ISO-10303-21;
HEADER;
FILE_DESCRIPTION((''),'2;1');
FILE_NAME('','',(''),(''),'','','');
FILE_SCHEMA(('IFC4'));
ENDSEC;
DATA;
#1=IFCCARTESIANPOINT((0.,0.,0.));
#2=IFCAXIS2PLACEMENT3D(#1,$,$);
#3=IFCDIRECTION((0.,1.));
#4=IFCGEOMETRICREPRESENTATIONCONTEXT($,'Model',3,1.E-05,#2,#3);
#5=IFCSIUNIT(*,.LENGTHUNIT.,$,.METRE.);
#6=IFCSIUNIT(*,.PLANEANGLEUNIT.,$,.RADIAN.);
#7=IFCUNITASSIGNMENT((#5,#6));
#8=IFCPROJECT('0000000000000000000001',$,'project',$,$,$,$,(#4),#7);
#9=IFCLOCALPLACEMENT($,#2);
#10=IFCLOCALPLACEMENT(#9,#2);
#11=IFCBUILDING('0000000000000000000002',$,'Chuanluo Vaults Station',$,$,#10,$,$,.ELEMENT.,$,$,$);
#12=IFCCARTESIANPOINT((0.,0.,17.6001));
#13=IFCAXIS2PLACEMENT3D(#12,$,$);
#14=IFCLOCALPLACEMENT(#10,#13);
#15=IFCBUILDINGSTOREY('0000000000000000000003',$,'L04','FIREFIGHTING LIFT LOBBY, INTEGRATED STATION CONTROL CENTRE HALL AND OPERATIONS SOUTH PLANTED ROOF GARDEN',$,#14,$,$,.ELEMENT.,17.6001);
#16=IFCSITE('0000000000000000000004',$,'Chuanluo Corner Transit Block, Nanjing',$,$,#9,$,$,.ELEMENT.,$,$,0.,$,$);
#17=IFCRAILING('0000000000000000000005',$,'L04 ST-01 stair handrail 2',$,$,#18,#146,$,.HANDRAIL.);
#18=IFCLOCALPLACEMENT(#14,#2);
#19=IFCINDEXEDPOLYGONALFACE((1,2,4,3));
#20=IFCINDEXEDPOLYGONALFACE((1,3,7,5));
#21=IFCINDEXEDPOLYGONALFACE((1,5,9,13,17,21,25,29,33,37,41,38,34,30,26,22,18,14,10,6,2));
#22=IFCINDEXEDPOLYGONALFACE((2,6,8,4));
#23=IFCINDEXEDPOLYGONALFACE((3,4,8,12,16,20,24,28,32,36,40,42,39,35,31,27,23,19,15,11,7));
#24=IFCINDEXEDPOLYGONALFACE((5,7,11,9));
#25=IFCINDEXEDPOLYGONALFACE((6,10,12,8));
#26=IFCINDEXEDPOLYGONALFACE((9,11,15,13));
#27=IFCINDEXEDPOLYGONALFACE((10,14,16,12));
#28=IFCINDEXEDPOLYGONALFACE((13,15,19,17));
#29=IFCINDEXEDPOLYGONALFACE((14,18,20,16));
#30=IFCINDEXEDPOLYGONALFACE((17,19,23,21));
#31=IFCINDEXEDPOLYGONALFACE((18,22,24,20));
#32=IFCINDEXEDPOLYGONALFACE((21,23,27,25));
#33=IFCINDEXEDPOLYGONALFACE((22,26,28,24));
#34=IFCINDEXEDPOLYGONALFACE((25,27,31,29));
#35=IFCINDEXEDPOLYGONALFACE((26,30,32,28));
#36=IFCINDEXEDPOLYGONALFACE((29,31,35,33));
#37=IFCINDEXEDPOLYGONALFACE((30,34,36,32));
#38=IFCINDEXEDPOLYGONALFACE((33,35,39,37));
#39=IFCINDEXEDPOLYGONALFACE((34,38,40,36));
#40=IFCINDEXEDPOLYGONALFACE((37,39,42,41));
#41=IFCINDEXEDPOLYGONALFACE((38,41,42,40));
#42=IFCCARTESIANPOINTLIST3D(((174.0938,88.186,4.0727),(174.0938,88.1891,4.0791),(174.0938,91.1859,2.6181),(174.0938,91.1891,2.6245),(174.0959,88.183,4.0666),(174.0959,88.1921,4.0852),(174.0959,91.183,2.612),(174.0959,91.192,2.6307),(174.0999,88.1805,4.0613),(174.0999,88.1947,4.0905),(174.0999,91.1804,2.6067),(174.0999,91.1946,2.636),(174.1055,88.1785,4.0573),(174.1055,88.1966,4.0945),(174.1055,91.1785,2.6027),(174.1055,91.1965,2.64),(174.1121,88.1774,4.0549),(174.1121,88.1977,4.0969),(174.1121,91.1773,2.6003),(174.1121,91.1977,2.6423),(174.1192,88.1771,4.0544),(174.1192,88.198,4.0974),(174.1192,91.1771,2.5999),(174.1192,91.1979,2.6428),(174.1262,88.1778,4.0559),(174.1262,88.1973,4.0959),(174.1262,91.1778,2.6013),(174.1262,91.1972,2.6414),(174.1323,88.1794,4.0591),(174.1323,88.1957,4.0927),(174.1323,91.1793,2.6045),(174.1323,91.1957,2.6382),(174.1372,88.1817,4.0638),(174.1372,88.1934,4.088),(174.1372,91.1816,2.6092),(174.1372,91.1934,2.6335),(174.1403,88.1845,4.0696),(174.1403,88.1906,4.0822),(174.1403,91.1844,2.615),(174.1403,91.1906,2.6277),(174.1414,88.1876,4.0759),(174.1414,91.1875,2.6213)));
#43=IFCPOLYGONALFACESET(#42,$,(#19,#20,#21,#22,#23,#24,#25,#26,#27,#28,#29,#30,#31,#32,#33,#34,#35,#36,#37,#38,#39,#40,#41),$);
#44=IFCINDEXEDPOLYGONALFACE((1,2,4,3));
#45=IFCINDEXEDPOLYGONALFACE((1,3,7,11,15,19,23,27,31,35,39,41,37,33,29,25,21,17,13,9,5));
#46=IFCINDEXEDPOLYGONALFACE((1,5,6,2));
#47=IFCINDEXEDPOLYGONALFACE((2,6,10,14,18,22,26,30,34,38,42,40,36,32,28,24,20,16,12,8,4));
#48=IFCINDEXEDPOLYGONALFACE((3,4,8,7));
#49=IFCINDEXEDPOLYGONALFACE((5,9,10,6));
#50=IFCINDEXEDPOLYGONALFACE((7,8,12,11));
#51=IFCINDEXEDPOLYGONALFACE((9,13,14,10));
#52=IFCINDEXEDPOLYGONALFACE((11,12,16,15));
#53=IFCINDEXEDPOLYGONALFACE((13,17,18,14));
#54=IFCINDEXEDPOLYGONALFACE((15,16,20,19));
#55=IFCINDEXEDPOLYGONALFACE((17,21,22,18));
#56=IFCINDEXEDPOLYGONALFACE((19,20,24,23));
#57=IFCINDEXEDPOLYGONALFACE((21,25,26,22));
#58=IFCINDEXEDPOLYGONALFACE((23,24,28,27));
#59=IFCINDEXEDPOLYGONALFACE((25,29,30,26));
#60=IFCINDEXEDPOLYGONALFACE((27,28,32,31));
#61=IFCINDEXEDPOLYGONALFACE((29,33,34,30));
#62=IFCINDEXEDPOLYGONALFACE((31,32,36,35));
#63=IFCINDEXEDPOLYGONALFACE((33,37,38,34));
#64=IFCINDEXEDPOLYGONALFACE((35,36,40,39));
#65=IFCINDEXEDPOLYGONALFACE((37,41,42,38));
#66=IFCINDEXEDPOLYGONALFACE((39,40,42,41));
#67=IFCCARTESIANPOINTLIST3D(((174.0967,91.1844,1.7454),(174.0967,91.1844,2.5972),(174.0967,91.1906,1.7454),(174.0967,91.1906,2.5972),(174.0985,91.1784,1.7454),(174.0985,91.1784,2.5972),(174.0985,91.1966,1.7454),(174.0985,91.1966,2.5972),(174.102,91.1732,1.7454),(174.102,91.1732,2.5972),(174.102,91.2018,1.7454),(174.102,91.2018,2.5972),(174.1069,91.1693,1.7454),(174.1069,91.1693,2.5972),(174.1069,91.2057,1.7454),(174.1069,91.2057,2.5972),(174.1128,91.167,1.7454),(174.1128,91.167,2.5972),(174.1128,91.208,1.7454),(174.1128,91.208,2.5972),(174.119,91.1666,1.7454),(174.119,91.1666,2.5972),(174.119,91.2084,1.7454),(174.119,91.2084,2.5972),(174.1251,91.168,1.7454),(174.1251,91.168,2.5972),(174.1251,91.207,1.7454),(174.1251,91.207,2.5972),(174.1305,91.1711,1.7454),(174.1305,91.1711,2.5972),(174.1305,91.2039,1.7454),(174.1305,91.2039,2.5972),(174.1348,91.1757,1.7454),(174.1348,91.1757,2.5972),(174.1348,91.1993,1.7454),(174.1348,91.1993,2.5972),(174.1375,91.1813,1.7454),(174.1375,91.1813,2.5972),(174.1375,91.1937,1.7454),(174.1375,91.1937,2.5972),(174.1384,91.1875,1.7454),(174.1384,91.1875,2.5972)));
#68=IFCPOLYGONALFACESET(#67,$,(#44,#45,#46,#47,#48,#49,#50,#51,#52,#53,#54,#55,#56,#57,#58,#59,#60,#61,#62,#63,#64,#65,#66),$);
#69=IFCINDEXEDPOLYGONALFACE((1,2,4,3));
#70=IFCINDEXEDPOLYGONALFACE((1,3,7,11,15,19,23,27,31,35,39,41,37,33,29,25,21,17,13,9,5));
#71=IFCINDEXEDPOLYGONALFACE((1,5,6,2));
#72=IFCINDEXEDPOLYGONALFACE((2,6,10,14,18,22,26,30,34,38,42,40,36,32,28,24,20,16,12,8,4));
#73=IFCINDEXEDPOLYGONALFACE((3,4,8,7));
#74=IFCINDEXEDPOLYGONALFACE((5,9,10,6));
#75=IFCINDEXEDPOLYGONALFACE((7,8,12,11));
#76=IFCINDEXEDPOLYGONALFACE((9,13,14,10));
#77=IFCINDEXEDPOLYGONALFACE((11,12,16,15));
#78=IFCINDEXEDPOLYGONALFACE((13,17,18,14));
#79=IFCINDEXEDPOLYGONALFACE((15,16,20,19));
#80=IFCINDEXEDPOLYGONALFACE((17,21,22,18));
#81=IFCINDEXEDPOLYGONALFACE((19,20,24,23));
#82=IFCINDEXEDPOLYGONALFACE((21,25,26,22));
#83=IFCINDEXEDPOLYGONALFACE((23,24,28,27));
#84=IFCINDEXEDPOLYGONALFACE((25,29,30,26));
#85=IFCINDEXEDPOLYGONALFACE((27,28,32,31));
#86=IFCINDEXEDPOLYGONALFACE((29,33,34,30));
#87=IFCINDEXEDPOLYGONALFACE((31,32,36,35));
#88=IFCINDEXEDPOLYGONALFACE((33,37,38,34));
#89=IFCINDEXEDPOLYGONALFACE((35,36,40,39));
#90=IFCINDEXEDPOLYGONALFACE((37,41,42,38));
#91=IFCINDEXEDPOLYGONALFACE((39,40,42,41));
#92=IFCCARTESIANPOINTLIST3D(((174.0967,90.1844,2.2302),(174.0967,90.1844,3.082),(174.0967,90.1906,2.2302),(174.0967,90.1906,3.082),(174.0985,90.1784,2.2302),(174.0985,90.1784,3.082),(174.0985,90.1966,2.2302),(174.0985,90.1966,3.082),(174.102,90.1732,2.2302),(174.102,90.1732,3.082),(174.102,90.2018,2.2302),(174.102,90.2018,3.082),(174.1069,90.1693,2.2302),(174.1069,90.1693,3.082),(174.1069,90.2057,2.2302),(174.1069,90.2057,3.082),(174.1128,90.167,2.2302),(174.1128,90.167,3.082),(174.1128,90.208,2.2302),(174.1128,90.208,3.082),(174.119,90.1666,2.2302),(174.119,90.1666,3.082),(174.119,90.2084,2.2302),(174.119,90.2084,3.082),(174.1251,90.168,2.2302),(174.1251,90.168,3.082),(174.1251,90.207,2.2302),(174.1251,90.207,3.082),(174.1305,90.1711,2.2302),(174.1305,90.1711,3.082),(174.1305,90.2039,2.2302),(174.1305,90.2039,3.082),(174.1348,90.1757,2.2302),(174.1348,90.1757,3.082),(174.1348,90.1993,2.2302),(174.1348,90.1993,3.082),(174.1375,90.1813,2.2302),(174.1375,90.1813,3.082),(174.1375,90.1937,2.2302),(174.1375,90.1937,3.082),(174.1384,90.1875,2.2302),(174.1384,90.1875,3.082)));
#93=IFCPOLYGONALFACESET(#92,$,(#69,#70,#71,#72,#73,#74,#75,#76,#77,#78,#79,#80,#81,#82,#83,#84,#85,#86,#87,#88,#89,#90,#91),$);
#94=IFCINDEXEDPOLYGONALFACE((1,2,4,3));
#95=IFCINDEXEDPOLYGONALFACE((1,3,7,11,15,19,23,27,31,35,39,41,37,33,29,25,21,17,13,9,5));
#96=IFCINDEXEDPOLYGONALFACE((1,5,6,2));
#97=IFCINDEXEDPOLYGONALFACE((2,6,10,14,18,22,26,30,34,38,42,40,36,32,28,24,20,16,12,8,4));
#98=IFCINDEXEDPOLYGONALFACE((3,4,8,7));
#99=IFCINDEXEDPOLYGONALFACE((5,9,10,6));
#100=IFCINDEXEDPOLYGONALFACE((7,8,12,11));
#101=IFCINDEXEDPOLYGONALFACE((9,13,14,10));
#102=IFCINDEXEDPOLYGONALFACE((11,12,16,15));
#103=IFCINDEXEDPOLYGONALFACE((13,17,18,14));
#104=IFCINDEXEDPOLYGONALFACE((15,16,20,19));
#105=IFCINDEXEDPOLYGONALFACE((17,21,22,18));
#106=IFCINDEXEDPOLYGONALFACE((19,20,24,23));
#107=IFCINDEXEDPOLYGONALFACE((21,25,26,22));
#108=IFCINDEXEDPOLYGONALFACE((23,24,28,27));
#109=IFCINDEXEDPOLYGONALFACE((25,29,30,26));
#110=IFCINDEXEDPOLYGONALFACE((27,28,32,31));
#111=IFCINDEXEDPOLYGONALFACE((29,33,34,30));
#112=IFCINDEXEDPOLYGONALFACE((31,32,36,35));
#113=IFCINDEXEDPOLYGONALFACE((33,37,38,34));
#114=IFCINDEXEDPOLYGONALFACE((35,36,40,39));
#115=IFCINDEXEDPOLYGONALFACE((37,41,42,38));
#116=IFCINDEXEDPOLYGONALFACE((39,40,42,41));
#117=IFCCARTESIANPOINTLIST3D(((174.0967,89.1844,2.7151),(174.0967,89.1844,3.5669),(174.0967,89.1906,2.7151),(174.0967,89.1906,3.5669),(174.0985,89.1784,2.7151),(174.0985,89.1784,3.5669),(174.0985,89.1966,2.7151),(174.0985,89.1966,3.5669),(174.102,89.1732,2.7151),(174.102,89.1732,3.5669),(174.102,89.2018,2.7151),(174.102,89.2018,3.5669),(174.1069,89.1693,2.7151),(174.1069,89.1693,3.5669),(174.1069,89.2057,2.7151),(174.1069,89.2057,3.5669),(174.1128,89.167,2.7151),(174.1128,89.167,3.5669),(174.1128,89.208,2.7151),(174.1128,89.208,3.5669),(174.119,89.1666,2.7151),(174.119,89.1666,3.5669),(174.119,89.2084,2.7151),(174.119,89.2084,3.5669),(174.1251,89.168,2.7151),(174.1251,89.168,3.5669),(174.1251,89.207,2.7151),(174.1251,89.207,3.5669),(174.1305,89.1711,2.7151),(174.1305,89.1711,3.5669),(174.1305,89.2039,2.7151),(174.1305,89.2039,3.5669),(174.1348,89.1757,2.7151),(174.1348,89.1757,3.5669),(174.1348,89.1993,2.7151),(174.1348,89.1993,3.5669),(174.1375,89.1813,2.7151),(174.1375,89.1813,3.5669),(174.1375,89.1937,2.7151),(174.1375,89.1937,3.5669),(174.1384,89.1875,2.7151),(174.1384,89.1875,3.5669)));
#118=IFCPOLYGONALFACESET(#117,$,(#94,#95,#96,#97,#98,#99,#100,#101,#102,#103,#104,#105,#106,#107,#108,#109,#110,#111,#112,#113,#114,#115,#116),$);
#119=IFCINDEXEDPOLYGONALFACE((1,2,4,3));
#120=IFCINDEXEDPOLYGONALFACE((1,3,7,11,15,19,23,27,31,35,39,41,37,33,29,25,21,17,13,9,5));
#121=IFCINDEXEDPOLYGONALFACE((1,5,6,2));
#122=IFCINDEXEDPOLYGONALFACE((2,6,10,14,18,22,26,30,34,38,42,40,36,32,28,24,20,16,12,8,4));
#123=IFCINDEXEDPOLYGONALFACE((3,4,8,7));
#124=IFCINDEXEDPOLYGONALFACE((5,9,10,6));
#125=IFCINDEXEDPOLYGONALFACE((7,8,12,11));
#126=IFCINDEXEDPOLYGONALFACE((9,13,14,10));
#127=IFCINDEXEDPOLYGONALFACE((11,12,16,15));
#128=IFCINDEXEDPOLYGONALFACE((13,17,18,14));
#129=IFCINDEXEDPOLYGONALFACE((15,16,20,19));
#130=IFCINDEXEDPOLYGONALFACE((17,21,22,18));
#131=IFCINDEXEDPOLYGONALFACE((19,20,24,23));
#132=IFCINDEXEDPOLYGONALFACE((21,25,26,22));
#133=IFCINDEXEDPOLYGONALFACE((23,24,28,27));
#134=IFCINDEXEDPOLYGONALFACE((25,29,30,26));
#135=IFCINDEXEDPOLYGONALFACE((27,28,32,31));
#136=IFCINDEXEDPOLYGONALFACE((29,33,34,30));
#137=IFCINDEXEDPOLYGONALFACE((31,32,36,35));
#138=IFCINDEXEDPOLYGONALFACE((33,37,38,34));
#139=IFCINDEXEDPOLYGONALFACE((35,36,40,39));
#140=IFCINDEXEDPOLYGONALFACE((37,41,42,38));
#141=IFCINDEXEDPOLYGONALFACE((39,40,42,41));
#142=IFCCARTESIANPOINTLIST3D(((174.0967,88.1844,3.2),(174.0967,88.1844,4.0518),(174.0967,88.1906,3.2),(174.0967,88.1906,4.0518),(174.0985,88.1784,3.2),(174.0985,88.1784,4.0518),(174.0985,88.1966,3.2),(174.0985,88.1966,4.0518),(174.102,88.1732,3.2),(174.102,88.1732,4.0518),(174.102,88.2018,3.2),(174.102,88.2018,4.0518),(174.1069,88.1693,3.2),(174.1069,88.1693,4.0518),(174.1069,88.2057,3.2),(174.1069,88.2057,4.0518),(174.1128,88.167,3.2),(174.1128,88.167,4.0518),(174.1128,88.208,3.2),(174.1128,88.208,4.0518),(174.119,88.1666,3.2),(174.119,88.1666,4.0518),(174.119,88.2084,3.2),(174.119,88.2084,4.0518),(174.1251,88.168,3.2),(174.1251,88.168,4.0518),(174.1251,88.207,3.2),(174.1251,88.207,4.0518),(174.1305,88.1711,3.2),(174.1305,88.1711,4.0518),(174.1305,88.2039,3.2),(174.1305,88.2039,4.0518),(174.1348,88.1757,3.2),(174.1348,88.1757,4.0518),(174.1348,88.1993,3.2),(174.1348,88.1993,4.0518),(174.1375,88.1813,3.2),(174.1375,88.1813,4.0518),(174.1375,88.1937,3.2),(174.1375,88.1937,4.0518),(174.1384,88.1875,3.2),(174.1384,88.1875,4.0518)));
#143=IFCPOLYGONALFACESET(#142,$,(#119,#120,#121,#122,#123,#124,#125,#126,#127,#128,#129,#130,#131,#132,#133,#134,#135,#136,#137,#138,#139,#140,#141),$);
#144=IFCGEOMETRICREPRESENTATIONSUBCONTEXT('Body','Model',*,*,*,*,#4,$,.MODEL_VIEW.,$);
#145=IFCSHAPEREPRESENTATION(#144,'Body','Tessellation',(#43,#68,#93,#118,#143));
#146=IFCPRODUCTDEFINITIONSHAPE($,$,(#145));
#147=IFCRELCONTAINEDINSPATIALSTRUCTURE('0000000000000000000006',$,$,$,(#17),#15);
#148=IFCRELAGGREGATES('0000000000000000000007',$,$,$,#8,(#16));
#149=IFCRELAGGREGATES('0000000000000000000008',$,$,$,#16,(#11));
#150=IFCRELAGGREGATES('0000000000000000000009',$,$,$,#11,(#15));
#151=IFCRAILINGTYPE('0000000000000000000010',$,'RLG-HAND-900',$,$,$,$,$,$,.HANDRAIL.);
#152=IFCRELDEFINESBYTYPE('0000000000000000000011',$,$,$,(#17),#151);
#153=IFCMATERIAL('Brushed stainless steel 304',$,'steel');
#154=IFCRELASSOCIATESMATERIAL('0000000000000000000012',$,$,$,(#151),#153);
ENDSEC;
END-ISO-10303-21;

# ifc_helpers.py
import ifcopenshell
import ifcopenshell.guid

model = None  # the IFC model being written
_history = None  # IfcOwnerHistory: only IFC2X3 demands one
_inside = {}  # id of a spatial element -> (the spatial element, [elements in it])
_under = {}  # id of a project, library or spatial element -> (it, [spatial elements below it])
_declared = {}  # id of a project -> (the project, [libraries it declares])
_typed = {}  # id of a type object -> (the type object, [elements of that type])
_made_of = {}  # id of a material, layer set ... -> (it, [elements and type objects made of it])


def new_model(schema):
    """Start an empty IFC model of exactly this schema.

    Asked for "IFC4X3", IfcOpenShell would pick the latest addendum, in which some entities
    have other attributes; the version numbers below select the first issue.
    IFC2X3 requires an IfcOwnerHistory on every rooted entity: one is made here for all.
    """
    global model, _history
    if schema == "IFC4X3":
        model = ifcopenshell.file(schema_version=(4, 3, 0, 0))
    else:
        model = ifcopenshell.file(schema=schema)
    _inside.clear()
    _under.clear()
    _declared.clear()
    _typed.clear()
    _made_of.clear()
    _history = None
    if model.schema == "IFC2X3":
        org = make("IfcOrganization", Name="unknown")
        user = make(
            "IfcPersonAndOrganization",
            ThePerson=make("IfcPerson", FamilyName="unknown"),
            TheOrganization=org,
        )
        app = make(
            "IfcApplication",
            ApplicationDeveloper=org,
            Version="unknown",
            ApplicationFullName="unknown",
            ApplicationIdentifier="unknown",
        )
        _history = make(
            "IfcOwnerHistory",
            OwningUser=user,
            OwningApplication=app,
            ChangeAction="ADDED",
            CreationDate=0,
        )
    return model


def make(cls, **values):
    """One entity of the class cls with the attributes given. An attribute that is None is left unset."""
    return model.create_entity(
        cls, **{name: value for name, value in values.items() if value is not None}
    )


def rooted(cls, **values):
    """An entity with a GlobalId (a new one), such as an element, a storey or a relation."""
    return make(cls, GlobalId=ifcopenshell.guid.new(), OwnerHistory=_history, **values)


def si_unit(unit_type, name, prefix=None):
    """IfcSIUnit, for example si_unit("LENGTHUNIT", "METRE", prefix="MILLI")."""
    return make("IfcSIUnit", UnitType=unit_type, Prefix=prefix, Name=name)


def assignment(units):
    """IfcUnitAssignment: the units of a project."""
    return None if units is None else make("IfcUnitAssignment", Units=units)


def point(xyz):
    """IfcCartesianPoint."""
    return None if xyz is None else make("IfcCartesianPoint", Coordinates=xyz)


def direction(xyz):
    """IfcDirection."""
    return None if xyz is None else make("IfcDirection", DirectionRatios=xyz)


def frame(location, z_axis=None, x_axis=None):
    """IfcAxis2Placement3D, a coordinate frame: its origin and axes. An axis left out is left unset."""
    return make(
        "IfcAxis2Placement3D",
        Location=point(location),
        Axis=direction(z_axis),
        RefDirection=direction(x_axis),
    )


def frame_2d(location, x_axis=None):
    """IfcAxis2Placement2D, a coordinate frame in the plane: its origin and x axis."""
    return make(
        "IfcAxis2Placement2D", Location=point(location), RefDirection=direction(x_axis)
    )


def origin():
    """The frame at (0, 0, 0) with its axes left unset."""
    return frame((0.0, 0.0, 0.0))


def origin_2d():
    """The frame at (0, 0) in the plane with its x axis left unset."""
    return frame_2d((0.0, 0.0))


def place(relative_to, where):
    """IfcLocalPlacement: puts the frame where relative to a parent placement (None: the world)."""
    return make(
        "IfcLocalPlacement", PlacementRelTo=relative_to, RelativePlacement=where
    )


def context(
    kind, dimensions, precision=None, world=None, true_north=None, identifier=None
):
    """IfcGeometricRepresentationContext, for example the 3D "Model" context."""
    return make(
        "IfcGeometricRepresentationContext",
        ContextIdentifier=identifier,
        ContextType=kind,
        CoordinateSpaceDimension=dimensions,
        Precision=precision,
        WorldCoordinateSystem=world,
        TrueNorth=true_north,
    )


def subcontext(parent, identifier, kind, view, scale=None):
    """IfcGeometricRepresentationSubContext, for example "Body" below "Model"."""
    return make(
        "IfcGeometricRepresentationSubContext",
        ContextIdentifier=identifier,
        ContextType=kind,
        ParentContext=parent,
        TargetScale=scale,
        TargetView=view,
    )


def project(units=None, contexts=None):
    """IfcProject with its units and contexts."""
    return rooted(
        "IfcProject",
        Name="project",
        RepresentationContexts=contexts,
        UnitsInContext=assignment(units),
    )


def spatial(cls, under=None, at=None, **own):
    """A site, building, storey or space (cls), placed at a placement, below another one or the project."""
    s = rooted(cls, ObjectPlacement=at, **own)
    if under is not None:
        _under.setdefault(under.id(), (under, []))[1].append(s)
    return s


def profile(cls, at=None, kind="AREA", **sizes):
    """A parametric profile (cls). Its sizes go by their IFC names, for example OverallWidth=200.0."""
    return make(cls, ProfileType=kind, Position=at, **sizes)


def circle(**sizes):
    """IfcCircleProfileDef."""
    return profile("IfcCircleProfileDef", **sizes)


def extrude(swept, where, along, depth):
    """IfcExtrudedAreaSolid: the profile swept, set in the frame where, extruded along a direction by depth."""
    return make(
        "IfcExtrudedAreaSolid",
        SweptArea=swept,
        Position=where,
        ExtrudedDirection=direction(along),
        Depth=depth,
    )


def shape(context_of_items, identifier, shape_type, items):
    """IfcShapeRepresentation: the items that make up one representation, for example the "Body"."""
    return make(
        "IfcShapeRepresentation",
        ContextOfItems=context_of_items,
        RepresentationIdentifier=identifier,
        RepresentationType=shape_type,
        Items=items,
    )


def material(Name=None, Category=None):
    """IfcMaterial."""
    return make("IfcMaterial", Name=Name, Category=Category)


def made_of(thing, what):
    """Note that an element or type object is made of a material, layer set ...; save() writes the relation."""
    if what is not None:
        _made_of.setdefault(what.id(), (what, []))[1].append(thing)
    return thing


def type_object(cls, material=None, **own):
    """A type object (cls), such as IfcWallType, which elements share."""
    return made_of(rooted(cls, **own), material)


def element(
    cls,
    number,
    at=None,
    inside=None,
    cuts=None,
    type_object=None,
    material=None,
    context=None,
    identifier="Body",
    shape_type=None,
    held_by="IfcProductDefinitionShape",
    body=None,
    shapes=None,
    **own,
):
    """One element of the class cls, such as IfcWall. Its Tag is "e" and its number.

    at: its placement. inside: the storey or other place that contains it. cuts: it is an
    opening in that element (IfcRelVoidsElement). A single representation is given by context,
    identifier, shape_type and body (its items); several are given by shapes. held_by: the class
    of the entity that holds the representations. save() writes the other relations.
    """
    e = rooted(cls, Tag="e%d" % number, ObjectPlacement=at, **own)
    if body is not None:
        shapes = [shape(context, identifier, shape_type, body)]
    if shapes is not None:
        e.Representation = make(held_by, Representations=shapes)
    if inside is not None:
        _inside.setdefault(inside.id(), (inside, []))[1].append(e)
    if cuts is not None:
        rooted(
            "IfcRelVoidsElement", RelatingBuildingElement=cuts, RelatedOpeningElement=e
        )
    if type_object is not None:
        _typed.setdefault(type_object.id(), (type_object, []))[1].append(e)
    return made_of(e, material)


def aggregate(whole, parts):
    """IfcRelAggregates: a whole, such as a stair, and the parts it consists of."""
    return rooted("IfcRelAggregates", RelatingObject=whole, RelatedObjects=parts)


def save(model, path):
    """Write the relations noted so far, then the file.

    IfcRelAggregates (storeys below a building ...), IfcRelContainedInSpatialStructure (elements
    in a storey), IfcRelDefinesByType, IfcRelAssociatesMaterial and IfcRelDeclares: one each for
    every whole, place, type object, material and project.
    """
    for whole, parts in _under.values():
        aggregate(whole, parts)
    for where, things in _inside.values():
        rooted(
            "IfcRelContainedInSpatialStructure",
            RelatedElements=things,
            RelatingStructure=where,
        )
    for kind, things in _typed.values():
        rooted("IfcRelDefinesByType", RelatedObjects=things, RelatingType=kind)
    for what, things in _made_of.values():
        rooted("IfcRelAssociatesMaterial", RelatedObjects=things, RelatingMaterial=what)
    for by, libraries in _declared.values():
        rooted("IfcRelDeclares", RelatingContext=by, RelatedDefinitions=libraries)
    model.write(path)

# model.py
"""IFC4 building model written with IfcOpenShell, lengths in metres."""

from ifc_helpers import new_model, si_unit, direction, frame, origin, origin_2d, place, context, subcontext, project, spatial, circle, extrude, material, type_object, element, save


model = new_model("IFC4")

# Units and contexts
model_context = context("Model", 3, precision=1e-05, world=origin(), true_north=direction((0.0, 1.0)))
body_context = subcontext(model_context, "Body", "Model", "MODEL_VIEW")
ifc_project = project(units=[si_unit("LENGTHUNIT", "METRE"), si_unit("PLANEANGLEUNIT", "RADIAN")], contexts=[model_context])

# Site, building, storey
site_placement = place(None, origin())
site = spatial("IfcSite", under=ifc_project, at=site_placement, Name="Chuanluo Corner Transit Block, Nanjing", CompositionType="ELEMENT", RefElevation=0.0)
building_placement = place(site_placement, origin())
building = spatial("IfcBuilding", under=site, at=building_placement, Name="Chuanluo Vaults Station", CompositionType="ELEMENT")
storey_placement = place(building_placement, frame((0.0, 0.0, 17.6001)))
storey = spatial("IfcBuildingStorey", under=building, at=storey_placement, Name="L04", Description="FIREFIGHTING LIFT LOBBY, INTEGRATED STATION CONTROL CENTRE HALL AND OPERATIONS SOUTH PLANTED ROOF GARDEN", CompositionType="ELEMENT", Elevation=17.6001)

# Railing
ifc_material_1 = material(Name="Brushed stainless steel 304", Category="steel")
railing_type_1 = type_object("IfcRailingType", Name="RLG-HAND-900", PredefinedType="HANDRAIL", material=ifc_material_1)
railing_1_placement = place(storey_placement, frame((174.1174, 91.1875, 1.7454)))
element("IfcRailing", 1, at=railing_1_placement, inside=storey, type_object=railing_type_1, Name="L04 ST-01 stair handrail 2", PredefinedType="HANDRAIL", context=body_context, shape_type="SweptSolid", body=[
    extrude(circle(Radius=0.0239, at=origin_2d()), frame((0.0, 0.0, 0.876), z_axis=(0.0, -0.899809, 0.436284), x_axis=(1.0, 0.0, 0.0)), (0.0, 0.0, 1.0), 3.334),
    extrude(circle(Radius=0.021, at=origin_2d()), origin(), (0.0, 0.0, 1.0), 0.8518),
    extrude(circle(Radius=0.021, at=origin_2d()), frame((0.0, -1.0, 0.4849)), (0.0, 0.0, 1.0), 0.8518),
    extrude(circle(Radius=0.021, at=origin_2d()), frame((0.0, -2.0, 0.9697)), (0.0, 0.0, 1.0), 0.8518),
    extrude(circle(Radius=0.021, at=origin_2d()), frame((0.0, -3.0, 1.4546)), (0.0, 0.0, 1.0), 0.8518),
])

save(model, "model.ifc")
